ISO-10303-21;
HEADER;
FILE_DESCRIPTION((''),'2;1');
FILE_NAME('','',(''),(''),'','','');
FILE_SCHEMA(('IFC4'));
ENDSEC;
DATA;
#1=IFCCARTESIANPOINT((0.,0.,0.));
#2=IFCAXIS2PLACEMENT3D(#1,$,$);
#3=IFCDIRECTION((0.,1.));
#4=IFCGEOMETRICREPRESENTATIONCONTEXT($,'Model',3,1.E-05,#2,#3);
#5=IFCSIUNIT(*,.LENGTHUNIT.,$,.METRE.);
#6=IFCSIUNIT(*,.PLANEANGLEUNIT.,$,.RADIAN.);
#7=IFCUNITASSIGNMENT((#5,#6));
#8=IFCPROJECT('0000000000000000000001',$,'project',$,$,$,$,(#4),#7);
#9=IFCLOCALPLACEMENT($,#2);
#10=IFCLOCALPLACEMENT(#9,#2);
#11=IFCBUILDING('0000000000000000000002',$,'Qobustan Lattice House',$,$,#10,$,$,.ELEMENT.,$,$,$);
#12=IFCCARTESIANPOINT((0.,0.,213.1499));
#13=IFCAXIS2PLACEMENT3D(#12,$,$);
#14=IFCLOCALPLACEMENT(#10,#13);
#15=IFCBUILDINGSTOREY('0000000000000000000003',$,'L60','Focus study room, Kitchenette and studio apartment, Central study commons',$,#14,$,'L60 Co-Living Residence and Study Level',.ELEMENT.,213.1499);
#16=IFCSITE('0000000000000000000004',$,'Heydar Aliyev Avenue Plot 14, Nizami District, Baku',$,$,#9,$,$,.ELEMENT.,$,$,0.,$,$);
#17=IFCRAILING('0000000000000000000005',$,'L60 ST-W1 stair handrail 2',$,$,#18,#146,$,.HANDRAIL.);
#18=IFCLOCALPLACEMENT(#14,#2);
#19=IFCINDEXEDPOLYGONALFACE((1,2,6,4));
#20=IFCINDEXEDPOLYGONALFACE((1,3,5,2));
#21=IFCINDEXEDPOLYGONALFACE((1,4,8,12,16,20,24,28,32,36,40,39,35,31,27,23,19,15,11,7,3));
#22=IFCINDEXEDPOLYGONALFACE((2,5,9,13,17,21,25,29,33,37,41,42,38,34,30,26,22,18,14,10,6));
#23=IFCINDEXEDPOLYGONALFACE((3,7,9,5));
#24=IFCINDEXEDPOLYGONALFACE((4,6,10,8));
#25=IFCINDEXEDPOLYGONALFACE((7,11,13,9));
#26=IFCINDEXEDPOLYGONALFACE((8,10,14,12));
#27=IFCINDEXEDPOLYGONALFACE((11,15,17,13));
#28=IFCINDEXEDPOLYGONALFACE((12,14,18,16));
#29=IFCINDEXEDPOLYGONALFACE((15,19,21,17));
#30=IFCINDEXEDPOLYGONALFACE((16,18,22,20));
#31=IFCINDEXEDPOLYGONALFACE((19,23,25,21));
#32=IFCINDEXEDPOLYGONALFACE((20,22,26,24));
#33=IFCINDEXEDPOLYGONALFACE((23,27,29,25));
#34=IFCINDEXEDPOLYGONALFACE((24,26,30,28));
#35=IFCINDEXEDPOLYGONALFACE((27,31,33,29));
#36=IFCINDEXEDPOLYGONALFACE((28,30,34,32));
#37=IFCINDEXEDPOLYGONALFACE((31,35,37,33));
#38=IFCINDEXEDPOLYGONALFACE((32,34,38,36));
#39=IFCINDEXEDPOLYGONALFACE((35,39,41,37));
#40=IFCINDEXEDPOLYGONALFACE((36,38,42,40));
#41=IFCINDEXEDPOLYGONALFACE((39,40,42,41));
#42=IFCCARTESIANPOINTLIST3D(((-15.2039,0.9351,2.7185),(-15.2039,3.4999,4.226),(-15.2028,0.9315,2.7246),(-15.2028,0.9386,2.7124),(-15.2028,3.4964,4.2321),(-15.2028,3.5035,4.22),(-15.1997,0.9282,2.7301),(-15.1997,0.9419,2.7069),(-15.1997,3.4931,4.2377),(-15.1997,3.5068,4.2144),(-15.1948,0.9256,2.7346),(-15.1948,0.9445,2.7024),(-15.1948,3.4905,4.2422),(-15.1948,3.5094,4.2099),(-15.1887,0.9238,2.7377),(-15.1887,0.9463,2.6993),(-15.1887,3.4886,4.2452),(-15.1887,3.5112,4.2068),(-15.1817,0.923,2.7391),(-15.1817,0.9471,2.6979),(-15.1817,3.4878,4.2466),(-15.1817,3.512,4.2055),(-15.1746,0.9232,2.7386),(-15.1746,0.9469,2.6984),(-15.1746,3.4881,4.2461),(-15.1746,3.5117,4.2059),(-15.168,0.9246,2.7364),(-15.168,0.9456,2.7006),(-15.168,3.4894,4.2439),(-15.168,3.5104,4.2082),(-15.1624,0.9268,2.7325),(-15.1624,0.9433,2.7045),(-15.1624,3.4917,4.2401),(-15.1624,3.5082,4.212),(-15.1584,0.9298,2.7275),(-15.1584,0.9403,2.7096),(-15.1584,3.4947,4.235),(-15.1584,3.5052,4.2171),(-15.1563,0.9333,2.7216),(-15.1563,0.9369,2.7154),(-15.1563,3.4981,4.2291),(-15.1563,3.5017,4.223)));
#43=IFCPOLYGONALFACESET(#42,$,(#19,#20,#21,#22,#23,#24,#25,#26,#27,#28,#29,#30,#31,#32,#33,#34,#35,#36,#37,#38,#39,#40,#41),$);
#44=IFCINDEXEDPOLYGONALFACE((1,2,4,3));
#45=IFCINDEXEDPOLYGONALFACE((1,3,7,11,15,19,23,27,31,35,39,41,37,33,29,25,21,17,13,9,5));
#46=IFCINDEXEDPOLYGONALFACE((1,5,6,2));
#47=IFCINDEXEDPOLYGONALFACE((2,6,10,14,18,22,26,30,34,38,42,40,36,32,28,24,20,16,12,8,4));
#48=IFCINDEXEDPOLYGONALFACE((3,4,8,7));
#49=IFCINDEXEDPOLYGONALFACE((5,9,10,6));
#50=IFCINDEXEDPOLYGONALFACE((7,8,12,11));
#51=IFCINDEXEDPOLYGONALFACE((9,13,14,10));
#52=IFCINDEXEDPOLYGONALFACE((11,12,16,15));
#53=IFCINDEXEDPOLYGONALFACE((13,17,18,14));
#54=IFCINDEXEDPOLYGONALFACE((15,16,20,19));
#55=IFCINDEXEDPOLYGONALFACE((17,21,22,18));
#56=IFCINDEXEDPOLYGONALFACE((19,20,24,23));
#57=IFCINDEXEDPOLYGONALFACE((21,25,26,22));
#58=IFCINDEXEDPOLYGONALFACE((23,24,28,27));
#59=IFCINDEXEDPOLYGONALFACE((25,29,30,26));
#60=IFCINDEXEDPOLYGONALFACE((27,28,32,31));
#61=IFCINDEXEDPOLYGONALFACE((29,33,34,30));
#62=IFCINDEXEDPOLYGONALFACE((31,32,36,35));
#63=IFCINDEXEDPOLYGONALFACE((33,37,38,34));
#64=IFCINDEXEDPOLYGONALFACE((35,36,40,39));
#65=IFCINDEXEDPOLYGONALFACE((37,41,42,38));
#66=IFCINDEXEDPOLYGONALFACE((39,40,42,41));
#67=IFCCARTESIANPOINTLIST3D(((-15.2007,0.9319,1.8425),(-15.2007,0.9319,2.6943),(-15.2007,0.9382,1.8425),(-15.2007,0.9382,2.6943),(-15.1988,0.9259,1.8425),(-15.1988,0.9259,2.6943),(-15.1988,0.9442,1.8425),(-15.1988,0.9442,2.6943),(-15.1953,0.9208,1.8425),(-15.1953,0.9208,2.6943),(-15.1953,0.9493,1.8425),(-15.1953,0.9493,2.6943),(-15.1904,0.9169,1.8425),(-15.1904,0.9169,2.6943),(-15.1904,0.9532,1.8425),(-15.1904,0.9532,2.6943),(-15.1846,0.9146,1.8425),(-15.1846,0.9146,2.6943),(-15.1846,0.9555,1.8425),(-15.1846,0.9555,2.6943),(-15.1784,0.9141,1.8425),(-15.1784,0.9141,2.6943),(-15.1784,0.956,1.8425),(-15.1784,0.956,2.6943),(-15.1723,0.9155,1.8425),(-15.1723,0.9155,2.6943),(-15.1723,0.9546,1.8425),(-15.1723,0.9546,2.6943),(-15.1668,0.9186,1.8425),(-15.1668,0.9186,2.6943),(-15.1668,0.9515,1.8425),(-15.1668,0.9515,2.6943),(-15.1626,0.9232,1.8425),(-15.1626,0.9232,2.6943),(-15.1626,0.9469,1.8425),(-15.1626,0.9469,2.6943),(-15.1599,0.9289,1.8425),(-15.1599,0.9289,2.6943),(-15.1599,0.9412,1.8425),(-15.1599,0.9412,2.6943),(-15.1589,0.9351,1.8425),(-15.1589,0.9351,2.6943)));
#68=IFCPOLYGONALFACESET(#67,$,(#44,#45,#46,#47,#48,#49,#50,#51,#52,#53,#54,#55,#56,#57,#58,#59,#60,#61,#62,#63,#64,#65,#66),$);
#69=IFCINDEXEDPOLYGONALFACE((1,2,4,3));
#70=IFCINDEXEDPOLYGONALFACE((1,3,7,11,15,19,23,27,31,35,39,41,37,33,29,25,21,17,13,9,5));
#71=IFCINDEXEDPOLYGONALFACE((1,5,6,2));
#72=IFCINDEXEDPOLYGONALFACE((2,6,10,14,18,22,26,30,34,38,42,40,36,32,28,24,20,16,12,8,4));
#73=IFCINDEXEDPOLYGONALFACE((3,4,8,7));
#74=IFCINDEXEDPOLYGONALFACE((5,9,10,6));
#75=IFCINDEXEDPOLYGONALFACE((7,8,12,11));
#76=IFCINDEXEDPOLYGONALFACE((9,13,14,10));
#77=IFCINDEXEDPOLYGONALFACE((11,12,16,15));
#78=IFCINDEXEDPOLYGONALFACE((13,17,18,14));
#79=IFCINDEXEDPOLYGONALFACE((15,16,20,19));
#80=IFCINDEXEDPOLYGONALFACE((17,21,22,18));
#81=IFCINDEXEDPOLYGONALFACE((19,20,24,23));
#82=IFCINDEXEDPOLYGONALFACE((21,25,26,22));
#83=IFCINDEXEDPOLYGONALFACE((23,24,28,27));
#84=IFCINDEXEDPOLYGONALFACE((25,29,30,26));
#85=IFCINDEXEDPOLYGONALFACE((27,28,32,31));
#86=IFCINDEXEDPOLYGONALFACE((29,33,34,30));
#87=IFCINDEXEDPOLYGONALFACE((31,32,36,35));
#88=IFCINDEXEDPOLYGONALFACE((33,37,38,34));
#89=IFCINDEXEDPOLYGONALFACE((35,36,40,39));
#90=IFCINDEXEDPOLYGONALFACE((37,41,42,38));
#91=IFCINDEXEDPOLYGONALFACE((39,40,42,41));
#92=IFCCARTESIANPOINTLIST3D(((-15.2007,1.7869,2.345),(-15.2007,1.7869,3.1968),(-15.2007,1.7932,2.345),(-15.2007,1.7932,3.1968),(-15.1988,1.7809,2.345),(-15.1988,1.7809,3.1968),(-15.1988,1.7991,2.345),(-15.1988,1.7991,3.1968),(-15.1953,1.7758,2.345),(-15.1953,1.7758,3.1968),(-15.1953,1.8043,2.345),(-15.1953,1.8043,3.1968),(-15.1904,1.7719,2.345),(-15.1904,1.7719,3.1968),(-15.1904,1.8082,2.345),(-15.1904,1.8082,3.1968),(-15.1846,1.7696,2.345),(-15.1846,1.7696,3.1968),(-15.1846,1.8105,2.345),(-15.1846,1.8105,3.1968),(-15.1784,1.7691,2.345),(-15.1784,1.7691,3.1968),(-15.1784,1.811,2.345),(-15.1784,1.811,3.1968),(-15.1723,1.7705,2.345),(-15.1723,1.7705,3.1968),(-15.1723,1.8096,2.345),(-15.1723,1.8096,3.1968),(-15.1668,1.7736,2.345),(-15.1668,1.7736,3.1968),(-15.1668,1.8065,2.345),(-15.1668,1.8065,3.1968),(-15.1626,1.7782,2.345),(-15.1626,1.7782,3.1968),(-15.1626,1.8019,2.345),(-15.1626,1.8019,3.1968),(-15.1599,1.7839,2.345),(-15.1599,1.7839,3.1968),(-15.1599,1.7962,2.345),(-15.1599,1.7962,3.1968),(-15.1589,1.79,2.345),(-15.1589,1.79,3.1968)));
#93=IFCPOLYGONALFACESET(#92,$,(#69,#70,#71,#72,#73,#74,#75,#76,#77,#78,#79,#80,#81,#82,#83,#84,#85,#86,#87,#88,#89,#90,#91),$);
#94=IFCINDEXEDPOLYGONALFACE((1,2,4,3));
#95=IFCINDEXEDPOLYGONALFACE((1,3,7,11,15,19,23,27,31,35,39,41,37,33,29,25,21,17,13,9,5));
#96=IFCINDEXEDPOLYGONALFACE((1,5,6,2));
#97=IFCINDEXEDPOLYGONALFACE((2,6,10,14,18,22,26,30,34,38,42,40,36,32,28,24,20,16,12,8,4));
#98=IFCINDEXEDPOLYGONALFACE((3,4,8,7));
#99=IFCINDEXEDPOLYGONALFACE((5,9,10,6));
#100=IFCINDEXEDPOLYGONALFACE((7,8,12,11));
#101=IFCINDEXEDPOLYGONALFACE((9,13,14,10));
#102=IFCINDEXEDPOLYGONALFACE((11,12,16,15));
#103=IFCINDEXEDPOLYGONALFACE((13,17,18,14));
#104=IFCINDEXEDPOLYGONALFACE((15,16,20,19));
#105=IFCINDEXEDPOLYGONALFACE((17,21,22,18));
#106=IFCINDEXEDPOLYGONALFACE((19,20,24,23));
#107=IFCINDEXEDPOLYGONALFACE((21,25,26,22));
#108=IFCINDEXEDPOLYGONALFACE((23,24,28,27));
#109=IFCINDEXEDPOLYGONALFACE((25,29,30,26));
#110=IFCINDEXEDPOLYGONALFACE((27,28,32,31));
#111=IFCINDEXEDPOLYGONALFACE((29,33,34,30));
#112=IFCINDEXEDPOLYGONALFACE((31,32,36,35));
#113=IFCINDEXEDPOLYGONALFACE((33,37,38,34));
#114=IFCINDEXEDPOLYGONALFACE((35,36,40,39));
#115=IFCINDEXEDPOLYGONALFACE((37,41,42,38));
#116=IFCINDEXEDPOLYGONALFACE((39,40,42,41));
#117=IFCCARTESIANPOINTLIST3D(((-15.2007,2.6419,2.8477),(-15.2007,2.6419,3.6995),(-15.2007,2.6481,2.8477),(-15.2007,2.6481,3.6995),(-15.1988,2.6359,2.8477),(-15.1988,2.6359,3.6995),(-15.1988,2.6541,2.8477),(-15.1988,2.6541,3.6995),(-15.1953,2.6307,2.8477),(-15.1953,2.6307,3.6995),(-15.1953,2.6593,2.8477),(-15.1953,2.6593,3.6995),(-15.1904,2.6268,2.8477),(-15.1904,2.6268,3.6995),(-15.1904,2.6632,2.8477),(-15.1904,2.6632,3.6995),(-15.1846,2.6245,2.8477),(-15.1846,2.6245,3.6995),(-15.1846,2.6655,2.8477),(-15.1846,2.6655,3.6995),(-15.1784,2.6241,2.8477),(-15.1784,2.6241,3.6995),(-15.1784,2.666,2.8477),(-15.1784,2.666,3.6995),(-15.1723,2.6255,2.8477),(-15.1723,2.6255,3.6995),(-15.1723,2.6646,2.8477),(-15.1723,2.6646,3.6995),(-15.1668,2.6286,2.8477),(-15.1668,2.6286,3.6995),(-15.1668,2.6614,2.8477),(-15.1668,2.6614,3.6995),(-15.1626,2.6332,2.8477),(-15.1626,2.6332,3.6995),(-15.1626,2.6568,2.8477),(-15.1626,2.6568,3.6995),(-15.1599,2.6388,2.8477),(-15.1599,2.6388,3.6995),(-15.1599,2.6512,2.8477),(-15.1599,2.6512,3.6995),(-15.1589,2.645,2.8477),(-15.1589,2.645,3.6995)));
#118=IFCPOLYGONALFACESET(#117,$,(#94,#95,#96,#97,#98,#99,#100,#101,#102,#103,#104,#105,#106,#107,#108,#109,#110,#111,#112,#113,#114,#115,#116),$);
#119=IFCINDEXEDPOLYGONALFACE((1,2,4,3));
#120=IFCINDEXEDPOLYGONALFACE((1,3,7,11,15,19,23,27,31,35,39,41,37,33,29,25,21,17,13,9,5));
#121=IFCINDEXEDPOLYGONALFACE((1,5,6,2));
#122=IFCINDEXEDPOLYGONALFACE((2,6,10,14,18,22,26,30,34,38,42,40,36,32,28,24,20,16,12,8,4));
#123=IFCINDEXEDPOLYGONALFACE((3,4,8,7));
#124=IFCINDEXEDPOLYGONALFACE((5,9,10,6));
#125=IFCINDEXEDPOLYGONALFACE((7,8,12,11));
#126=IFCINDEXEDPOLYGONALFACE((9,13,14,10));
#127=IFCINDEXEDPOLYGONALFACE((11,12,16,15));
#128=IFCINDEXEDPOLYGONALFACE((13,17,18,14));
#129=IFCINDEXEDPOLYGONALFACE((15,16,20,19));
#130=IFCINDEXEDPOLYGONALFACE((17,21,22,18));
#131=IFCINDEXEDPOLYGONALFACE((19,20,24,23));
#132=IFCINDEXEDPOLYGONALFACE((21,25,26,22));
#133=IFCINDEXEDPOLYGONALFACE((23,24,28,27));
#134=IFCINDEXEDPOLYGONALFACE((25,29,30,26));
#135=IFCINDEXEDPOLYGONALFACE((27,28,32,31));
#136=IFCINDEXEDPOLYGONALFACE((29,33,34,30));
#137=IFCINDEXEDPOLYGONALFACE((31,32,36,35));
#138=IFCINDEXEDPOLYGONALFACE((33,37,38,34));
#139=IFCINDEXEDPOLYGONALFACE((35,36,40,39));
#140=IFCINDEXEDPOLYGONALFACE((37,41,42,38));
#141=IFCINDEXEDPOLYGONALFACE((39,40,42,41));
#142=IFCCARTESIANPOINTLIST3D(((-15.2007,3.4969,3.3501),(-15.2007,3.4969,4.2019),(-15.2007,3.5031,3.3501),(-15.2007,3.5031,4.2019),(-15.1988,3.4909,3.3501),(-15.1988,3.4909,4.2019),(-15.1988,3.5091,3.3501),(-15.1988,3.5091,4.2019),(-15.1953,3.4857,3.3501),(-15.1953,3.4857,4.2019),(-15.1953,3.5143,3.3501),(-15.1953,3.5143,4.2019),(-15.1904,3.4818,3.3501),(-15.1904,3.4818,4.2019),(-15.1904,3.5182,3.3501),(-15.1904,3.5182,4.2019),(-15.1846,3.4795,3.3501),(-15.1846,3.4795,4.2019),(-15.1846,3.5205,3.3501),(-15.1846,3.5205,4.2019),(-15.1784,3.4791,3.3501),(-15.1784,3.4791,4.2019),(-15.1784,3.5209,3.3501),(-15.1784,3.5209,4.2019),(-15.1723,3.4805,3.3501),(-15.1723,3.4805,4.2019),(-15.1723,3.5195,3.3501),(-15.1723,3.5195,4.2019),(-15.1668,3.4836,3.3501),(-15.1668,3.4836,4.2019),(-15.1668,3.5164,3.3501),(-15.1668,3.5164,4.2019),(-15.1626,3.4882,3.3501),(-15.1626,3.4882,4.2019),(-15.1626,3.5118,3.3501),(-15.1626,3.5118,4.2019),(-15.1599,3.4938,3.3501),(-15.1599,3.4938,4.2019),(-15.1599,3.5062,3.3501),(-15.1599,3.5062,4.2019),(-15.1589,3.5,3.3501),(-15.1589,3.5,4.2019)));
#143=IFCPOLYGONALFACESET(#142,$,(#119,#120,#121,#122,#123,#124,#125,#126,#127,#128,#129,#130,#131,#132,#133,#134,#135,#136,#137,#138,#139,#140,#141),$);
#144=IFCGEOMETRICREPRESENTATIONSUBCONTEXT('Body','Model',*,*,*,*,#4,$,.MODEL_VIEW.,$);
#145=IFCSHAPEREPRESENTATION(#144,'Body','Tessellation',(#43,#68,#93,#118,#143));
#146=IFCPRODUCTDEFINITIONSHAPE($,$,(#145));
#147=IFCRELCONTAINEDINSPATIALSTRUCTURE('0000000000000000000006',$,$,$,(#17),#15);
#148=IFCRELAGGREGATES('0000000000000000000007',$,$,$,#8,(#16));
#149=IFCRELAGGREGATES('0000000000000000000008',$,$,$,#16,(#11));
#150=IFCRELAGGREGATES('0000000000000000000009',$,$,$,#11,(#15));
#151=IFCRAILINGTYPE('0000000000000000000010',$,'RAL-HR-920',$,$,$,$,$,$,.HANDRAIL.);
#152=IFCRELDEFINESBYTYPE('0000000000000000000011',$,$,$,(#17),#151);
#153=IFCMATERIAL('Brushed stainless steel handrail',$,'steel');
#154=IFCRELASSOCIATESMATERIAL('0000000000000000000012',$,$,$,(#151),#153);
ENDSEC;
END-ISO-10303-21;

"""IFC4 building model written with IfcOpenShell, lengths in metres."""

from ifc_helpers import new_model, si_unit, direction, frame, origin, origin_2d, place, context, subcontext, project, spatial, circle, extrude, material, type_object, element, save


model = new_model("IFC4")

# Units and contexts
model_context = context("Model", 3, precision=1e-05, world=origin(), true_north=direction((0.0, 1.0)))
body_context = subcontext(model_context, "Body", "Model", "MODEL_VIEW")
ifc_project = project(units=[si_unit("LENGTHUNIT", "METRE"), si_unit("PLANEANGLEUNIT", "RADIAN")], contexts=[model_context])

# Site, building, storey
site_placement = place(None, origin())
site = spatial("IfcSite", under=ifc_project, at=site_placement, Name="Heydar Aliyev Avenue Plot 14, Nizami District, Baku", CompositionType="ELEMENT", RefElevation=0.0)
building_placement = place(site_placement, origin())
building = spatial("IfcBuilding", under=site, at=building_placement, Name="Qobustan Lattice House", CompositionType="ELEMENT")
storey_placement = place(building_placement, frame((0.0, 0.0, 213.1499)))
storey = spatial("IfcBuildingStorey", under=building, at=storey_placement, Name="L60", Description="Focus study room, Kitchenette and studio apartment, Central study commons", LongName="L60 Co-Living Residence and Study Level", CompositionType="ELEMENT", Elevation=213.1499)

# Railing
ifc_material_1 = material(Name="Brushed stainless steel handrail", Category="steel")
railing_type_1 = type_object("IfcRailingType", Name="RAL-HR-920", PredefinedType="HANDRAIL", material=ifc_material_1)
railing_1_placement = place(storey_placement, frame((-15.1799, 0.9351, 1.8425)))
element("IfcRailing", 1, at=railing_1_placement, inside=storey, type_object=railing_type_1, Name="L60 ST-W1 stair handrail 2", PredefinedType="HANDRAIL", context=body_context, shape_type="SweptSolid", body=[
    extrude(circle(Radius=0.0239, at=origin_2d()), frame((0.0, 0.0, 0.876), z_axis=(0.0, 0.862113, 0.506715), x_axis=(-1.0, 0.0, 0.0)), (0.0, 0.0, 1.0), 2.9751),
    extrude(circle(Radius=0.021, at=origin_2d()), origin(), (0.0, 0.0, 1.0), 0.8518),
    extrude(circle(Radius=0.021, at=origin_2d()), frame((0.0, 0.855, 0.5024)), (0.0, 0.0, 1.0), 0.8518),
    extrude(circle(Radius=0.021, at=origin_2d()), frame((0.0, 1.71, 1.0051)), (0.0, 0.0, 1.0), 0.8518),
    extrude(circle(Radius=0.021, at=origin_2d()), frame((0.0, 2.5649, 1.5076)), (0.0, 0.0, 1.0), 0.8518),
])

save(model, "model.ifc")
